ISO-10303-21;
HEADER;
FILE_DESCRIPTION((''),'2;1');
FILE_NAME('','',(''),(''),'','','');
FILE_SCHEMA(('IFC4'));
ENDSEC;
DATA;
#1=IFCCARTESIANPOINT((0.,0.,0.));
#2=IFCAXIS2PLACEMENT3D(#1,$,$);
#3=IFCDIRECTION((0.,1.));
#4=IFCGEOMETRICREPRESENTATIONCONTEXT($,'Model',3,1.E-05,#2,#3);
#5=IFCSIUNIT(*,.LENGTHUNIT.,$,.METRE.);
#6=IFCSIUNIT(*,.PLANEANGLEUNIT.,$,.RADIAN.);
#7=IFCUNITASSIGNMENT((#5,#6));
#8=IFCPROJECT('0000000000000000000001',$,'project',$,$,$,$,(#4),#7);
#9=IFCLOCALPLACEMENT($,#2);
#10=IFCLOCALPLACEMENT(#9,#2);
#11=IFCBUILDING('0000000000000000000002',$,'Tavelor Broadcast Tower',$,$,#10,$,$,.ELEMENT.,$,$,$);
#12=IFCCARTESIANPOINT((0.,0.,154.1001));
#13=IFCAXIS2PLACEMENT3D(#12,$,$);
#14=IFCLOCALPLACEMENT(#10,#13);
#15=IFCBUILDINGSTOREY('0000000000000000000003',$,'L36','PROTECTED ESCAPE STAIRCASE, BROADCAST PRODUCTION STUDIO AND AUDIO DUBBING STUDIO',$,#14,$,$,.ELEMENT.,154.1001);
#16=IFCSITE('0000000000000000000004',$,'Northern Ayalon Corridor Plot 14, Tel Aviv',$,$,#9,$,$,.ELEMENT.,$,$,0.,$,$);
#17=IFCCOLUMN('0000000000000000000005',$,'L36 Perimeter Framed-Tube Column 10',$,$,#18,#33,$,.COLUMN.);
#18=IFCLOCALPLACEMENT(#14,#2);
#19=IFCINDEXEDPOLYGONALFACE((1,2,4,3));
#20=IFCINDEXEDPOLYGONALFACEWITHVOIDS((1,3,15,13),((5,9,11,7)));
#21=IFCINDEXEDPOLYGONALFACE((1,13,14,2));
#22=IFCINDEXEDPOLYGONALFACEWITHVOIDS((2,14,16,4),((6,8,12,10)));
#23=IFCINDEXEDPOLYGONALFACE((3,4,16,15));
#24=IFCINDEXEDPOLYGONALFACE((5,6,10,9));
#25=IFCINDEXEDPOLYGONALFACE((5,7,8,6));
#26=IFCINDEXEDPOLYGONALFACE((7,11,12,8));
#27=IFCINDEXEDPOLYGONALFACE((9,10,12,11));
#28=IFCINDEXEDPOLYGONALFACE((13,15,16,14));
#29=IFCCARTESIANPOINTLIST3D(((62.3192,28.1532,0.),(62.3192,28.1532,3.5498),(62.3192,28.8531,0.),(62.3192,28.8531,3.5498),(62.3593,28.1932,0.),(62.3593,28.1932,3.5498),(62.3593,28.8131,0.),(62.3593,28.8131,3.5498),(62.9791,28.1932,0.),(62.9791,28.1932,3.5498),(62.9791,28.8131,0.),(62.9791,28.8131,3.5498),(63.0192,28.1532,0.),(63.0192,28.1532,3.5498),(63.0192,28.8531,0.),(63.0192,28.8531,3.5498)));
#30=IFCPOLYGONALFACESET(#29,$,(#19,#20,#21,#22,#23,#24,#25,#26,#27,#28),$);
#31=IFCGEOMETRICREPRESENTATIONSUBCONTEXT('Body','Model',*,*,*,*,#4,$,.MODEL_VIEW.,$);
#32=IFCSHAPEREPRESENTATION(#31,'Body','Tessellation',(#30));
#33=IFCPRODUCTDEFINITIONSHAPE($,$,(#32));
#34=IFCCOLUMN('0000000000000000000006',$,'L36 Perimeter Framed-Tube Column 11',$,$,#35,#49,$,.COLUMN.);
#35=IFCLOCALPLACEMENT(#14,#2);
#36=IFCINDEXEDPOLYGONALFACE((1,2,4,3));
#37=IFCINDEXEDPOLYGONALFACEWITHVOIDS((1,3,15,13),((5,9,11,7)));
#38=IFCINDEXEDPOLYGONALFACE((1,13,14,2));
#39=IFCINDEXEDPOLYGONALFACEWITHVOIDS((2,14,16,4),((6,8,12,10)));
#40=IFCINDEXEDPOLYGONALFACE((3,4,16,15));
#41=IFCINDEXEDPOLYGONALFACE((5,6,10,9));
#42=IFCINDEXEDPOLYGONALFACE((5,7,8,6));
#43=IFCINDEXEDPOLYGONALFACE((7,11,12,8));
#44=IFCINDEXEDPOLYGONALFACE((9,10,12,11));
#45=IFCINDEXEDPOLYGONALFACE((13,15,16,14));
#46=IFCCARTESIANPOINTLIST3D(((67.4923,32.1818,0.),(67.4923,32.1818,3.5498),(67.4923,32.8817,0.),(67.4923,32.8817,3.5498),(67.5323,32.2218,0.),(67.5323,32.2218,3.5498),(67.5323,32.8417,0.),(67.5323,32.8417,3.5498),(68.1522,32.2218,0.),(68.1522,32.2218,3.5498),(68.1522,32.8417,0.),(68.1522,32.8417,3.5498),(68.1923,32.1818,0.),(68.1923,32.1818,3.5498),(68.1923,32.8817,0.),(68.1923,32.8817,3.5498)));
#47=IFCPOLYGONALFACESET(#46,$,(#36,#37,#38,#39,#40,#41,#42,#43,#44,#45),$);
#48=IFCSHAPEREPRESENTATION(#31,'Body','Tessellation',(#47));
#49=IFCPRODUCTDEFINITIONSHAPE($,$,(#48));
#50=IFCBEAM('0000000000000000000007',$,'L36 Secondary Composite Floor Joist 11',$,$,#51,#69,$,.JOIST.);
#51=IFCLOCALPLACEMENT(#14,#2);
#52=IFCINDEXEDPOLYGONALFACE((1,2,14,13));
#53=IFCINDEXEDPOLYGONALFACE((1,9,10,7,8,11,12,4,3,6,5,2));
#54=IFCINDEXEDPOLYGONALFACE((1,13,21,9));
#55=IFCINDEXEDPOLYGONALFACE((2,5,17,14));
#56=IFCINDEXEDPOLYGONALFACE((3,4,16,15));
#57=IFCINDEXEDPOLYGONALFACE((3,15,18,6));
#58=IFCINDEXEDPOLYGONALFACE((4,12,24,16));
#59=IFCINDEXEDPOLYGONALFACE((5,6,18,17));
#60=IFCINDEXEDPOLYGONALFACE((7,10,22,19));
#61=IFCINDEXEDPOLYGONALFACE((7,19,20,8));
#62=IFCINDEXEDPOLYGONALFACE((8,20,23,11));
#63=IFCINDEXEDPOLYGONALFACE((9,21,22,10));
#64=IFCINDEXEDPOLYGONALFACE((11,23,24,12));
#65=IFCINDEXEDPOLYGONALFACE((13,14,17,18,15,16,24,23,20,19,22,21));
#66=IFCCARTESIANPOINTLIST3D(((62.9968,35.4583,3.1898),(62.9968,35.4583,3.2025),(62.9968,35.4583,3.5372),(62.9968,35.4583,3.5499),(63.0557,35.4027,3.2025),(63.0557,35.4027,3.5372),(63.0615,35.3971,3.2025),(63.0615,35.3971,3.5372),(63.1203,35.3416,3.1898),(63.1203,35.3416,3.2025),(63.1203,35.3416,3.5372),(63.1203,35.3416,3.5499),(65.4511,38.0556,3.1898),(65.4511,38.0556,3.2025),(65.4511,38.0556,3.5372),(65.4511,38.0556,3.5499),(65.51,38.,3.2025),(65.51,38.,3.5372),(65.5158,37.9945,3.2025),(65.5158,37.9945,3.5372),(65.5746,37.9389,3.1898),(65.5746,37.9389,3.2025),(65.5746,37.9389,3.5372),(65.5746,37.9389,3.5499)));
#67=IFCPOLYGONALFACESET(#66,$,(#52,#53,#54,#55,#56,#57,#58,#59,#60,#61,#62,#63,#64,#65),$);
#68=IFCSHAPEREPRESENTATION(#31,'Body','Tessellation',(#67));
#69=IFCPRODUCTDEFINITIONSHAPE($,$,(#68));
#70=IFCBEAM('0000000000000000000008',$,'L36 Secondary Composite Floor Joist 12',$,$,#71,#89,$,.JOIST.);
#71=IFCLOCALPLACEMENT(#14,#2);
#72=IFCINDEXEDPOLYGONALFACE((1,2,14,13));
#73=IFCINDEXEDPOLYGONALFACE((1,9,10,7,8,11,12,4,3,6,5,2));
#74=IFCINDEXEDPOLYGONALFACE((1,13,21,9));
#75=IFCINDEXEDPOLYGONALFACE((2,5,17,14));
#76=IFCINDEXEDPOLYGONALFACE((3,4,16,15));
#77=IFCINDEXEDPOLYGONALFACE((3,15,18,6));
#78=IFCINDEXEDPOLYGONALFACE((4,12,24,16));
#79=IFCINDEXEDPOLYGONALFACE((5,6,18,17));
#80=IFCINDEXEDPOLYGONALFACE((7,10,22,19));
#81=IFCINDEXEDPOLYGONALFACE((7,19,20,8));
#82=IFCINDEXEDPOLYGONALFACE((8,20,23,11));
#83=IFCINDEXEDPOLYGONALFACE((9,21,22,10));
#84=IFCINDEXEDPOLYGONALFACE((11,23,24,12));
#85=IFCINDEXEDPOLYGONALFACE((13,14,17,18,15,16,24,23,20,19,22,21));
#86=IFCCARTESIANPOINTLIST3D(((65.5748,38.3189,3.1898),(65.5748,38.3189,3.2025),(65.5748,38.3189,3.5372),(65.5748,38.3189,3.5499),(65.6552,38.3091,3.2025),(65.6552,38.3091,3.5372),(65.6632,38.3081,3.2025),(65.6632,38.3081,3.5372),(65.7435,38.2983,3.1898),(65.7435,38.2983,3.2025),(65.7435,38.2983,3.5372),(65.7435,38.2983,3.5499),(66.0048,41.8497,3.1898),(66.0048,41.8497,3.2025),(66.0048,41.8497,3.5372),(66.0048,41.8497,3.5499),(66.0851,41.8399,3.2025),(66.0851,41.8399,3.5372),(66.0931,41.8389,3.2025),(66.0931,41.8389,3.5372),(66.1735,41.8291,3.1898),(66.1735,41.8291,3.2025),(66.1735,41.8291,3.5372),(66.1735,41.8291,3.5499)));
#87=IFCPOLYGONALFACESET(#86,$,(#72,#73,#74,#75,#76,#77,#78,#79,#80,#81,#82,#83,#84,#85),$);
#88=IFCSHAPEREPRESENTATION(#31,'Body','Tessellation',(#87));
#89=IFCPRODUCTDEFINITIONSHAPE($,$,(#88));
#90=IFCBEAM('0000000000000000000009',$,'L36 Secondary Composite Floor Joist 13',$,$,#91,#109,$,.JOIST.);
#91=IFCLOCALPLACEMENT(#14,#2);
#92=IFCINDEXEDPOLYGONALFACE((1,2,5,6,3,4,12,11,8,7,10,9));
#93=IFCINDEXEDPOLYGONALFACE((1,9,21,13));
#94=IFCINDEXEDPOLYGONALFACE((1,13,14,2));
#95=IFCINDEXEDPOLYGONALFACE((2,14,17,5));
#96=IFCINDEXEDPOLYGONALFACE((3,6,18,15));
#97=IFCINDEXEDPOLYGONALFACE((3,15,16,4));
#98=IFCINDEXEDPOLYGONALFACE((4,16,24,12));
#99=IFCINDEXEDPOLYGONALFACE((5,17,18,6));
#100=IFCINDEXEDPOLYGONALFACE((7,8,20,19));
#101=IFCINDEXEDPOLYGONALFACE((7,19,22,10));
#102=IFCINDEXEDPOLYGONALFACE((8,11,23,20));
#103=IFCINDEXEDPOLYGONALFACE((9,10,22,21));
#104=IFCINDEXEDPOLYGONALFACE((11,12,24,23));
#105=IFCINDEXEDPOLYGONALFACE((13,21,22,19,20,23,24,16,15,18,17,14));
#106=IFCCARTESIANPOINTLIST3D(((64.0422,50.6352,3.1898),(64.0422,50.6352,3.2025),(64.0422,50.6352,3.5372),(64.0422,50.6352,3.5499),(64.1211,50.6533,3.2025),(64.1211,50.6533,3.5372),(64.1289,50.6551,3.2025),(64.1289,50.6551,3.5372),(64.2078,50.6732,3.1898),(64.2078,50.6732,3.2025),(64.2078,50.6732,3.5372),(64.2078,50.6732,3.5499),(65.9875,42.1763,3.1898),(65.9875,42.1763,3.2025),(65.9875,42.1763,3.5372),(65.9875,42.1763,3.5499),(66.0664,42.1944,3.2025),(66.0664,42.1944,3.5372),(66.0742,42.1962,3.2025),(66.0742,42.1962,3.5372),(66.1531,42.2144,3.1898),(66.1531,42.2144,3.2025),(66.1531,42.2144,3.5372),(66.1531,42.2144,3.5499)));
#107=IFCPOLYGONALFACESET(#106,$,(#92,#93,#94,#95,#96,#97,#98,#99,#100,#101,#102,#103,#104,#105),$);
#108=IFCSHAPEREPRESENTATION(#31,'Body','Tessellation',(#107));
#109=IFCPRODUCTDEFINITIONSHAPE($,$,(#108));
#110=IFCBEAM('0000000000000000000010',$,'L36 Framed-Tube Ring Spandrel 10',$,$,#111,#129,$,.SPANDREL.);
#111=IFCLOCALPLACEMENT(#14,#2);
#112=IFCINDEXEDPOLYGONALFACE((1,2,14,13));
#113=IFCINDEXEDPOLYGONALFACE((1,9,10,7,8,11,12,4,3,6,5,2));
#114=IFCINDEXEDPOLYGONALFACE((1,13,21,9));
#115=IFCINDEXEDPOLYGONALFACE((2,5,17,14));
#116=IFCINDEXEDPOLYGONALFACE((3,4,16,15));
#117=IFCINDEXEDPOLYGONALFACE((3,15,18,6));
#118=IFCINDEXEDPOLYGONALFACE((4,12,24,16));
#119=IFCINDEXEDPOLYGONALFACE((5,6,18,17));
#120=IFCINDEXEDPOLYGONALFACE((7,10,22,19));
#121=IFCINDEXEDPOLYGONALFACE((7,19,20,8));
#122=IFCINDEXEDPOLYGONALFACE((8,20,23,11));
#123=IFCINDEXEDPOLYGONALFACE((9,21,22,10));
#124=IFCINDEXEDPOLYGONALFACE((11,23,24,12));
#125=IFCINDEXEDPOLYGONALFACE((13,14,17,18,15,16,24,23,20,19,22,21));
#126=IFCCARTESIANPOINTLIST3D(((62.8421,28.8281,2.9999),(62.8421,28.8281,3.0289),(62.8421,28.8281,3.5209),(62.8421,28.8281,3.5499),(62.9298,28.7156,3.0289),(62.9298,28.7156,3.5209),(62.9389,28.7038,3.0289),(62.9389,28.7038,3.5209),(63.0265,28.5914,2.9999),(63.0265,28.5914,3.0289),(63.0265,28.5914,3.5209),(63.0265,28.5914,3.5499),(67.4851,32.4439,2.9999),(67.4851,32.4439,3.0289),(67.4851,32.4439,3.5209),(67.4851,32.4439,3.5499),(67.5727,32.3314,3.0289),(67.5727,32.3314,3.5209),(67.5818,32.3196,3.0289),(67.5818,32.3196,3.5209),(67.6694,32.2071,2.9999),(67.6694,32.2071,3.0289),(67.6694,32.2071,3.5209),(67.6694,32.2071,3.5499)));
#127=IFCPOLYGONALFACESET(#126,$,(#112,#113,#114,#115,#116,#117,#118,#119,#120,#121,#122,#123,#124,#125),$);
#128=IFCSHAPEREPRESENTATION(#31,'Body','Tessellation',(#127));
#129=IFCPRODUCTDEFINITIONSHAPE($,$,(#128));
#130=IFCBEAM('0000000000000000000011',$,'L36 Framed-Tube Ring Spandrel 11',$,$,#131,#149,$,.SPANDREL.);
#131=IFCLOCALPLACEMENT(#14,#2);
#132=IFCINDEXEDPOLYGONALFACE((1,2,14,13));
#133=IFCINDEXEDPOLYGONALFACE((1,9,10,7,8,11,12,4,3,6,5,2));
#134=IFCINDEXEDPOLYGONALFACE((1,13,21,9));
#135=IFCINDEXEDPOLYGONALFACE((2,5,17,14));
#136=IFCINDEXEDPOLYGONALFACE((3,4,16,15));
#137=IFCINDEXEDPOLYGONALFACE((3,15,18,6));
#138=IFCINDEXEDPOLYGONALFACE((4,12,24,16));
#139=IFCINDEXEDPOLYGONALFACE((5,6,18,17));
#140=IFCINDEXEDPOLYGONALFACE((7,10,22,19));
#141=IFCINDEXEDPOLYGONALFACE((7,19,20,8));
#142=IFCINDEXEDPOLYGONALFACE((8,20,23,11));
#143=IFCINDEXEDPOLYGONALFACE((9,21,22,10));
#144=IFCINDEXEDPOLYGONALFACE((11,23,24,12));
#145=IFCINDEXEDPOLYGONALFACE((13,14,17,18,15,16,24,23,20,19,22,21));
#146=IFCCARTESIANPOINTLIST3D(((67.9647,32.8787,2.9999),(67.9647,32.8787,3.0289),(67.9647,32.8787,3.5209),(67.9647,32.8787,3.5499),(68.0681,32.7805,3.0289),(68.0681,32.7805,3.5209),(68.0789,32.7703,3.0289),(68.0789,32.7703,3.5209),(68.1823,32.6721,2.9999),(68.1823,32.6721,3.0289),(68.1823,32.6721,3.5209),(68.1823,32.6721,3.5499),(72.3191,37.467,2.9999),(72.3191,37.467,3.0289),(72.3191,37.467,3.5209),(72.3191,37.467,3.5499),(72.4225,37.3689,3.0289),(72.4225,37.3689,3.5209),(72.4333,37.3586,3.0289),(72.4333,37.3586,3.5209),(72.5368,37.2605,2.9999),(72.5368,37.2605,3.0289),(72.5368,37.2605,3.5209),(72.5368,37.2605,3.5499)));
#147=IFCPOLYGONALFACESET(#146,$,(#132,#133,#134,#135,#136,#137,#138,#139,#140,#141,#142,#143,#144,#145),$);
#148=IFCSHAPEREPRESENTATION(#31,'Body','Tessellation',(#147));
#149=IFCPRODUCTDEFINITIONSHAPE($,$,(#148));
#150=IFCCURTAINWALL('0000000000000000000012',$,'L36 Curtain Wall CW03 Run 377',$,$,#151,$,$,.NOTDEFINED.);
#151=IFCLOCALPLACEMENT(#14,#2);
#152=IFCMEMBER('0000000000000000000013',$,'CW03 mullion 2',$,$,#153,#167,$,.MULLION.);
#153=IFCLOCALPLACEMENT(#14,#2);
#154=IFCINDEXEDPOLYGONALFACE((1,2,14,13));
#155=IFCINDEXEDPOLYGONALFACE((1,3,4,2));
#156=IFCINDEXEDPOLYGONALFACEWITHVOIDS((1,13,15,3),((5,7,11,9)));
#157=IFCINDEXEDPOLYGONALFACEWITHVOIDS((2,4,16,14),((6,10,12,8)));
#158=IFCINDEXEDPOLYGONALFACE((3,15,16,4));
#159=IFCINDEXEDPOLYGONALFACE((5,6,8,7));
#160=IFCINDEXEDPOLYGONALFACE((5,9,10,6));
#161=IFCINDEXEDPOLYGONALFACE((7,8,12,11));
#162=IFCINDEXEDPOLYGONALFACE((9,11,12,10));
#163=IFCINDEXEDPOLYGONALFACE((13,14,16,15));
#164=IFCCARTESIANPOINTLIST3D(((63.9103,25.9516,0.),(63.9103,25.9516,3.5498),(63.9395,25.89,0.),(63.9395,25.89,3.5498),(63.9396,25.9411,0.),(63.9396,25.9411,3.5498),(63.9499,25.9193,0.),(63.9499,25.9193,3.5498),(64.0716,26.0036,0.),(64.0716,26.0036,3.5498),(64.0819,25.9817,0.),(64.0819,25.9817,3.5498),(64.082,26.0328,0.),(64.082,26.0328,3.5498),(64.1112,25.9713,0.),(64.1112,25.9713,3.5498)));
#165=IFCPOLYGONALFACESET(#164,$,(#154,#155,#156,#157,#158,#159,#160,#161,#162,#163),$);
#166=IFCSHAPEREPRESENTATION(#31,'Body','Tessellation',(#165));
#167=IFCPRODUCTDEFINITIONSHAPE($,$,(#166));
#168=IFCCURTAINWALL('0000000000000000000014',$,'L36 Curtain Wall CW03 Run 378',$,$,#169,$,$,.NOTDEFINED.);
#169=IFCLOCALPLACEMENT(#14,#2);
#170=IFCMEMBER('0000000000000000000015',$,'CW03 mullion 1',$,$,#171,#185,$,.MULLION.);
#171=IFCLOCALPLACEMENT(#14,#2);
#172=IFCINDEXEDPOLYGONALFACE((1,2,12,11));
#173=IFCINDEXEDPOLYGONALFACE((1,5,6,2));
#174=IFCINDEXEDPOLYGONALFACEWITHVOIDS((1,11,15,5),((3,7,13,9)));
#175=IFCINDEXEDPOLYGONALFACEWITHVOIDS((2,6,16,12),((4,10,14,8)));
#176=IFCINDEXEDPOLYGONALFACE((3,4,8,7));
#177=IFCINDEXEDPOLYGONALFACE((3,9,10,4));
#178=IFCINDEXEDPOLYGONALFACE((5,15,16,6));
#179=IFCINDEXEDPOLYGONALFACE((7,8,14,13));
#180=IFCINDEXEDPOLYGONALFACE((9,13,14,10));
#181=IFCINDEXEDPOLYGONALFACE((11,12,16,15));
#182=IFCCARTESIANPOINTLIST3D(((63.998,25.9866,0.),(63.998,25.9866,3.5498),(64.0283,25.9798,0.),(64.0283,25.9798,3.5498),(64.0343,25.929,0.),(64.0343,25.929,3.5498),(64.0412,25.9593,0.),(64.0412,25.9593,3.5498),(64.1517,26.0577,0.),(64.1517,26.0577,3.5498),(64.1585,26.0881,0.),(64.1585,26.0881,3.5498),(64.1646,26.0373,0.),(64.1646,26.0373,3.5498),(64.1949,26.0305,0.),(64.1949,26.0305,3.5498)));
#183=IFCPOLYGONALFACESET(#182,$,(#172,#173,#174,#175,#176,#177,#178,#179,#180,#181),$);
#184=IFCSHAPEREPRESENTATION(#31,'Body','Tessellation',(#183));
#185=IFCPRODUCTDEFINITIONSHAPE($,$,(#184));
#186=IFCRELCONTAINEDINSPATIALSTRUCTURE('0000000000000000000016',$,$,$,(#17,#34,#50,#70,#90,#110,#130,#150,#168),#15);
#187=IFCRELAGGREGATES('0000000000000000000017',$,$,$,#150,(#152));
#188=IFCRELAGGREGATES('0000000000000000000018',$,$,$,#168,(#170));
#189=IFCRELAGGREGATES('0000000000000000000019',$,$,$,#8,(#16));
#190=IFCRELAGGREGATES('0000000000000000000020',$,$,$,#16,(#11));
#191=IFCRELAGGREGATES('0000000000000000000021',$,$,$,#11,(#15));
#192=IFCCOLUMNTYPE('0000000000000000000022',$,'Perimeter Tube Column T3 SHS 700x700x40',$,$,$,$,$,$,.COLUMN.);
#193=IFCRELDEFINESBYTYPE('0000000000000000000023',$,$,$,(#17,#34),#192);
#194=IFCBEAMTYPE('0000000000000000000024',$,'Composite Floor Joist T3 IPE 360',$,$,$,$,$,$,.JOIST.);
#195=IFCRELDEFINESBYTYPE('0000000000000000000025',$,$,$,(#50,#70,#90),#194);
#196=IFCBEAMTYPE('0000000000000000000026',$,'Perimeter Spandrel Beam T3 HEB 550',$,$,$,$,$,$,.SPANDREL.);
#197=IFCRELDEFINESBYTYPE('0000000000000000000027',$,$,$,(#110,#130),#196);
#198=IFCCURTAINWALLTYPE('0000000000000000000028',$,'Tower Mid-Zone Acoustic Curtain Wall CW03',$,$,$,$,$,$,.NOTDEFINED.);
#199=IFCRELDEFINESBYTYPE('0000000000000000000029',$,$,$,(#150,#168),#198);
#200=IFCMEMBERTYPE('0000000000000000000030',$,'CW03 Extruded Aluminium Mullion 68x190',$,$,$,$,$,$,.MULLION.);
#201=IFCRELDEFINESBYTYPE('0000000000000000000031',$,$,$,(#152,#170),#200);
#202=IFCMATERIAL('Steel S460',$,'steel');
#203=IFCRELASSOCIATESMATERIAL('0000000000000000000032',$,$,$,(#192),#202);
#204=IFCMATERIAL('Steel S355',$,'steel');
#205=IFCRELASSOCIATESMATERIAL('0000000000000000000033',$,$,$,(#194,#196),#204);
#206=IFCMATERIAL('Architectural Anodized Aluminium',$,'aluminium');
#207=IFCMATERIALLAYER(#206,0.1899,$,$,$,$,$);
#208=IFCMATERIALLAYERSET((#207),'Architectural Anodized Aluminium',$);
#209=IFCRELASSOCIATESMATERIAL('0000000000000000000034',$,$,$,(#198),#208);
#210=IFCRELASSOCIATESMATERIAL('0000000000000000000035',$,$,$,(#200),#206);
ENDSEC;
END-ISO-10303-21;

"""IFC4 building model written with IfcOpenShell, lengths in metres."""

from ifc_helpers import new_model, si_unit, direction, frame, origin, origin_2d, place, context, subcontext, project, spatial, hollow_rectangle, i_section, extrude, source, transform, mapped, material, layer, layer_set, material_profile, profile_set, type_object, type_shapes, element, aggregate, save


model = new_model("IFC4")

# Units and contexts
model_context = context("Model", 3, precision=1e-05, world=origin(), true_north=direction((0.0, 1.0)))
body_context = subcontext(model_context, "Body", "Model", "MODEL_VIEW")
ifc_project = project(units=[si_unit("LENGTHUNIT", "METRE"), si_unit("PLANEANGLEUNIT", "RADIAN")], contexts=[model_context])

# Site, building, storey
site_placement = place(None, origin())
site = spatial("IfcSite", under=ifc_project, at=site_placement, Name="Northern Ayalon Corridor Plot 14, Tel Aviv", CompositionType="ELEMENT", RefElevation=0.0)
building_placement = place(site_placement, origin())
building = spatial("IfcBuilding", under=site, at=building_placement, Name="Tavelor Broadcast Tower", CompositionType="ELEMENT")
storey_placement = place(building_placement, frame((0.0, 0.0, 154.1001)))
storey = spatial("IfcBuildingStorey", under=building, at=storey_placement, Name="L36", Description="PROTECTED ESCAPE STAIRCASE, BROADCAST PRODUCTION STUDIO AND AUDIO DUBBING STUDIO", CompositionType="ELEMENT", Elevation=154.1001)

# Columns
ifc_material_1 = material(Name="Steel S460", Category="steel")
ifc_material_profile_1 = material_profile(ifc_material_1, hollow_rectangle(XDim=0.7, YDim=0.7, WallThickness=0.04, at=origin_2d()), Name="SHS 700x700x40")
ifc_profile_set_1 = profile_set([ifc_material_profile_1], Name="Steel S460")
column_type = type_object("IfcColumnType", Name="Perimeter Tube Column T3 SHS 700x700x40", PredefinedType="COLUMN", material=ifc_profile_set_1)
for number, where, z_axis, x_axis, name in (
    (1, (62.6692, 28.5032, 0.0), (0.0, 0.0, 1.0), (1.0, 0.0, 0.0), "L36 Perimeter Framed-Tube Column 10"),
    (2, (67.8423, 32.5317, 0.0), (0.0, 0.0, 1.0), (1.0, 0.0, 0.0), "L36 Perimeter Framed-Tube Column 11"),
):
    element("IfcColumn", number, at=place(storey_placement, frame(where, z_axis=z_axis, x_axis=x_axis)), inside=storey, type_object=column_type, Name=name, PredefinedType="COLUMN", context=body_context, shape_type="SweptSolid", body=[
        extrude(hollow_rectangle(XDim=0.7, YDim=0.7, WallThickness=0.04, at=origin_2d()), origin(), (0.0, 0.0, 1.0), 3.5498),
    ])

# Beams
ifc_material_2 = material(Name="Steel S355", Category="steel")
ifc_material_profile_2 = material_profile(ifc_material_2, i_section(OverallWidth=0.1699, OverallDepth=0.3601, WebThickness=0.0081, FlangeThickness=0.0127, at=origin_2d()), Name="IPE 360")
ifc_profile_set_2 = profile_set([ifc_material_profile_2], Name="Steel S355")
beam_type_1 = type_object("IfcBeamType", Name="Composite Floor Joist T3 IPE 360", PredefinedType="JOIST", material=ifc_profile_set_2)
beam_1_placement = place(storey_placement, frame((63.0586, 35.3999, 3.3699), z_axis=(0.686806, 0.726841, 0.0), x_axis=(-0.726841, 0.686806, 0.0)))
element("IfcBeam", 3, at=beam_1_placement, inside=storey, type_object=beam_type_1, Name="L36 Secondary Composite Floor Joist 11", PredefinedType="JOIST", context=body_context, shape_type="SweptSolid", body=[
    extrude(i_section(OverallWidth=0.1699, OverallDepth=0.3601, WebThickness=0.0081, FlangeThickness=0.0127, at=origin_2d()), origin(), (0.0, 0.0, 1.0), 3.5735),
])
beam_2_placement = place(storey_placement, frame((65.6592, 38.3086, 3.3699), z_axis=(0.120875, 0.992668, 0.0), x_axis=(-0.992668, 0.120875, 0.0)))
element("IfcBeam", 4, at=beam_2_placement, inside=storey, type_object=beam_type_1, Name="L36 Secondary Composite Floor Joist 12", PredefinedType="JOIST", context=body_context, shape_type="SweptSolid", body=[
    extrude(i_section(OverallWidth=0.1699, OverallDepth=0.3601, WebThickness=0.0081, FlangeThickness=0.0127, at=origin_2d()), origin(), (0.0, 0.0, 1.0), 3.5569),
])
beam_3_placement = place(storey_placement, frame((66.0703, 42.1953, 3.3699), z_axis=(-0.22412, 0.974562, 0.0), x_axis=(-0.974562, -0.22412, 0.0)))
element("IfcBeam", 5, at=beam_3_placement, inside=storey, type_object=beam_type_1, Name="L36 Secondary Composite Floor Joist 13", PredefinedType="JOIST", context=body_context, shape_type="SweptSolid", body=[
    extrude(i_section(OverallWidth=0.1699, OverallDepth=0.3601, WebThickness=0.0081, FlangeThickness=0.0127, at=origin_2d()), origin(), (0.0, 0.0, 1.0), 8.6797),
])
ifc_material_profile_3 = material_profile(ifc_material_2, i_section(OverallWidth=0.3, OverallDepth=0.55, WebThickness=0.0149, FlangeThickness=0.0291, at=origin_2d()), Name="HEB 550")
ifc_profile_set_3 = profile_set([ifc_material_profile_3], Name="Steel S355")
beam_type_2 = type_object("IfcBeamType", Name="Perimeter Spandrel Beam T3 HEB 550", PredefinedType="SPANDREL", material=ifc_profile_set_3)
beam_4_placement = place(storey_placement, frame((62.9343, 28.7097, 3.2749), z_axis=(0.78897, 0.614432, 0.0), x_axis=(-0.614432, 0.78897, 0.0)))
element("IfcBeam", 6, at=beam_4_placement, inside=storey, type_object=beam_type_2, Name="L36 Framed-Tube Ring Spandrel 10", PredefinedType="SPANDREL", context=body_context, shape_type="SweptSolid", body=[
    extrude(i_section(OverallWidth=0.3, OverallDepth=0.55, WebThickness=0.0149, FlangeThickness=0.0291, at=origin_2d()), origin(), (0.0, 0.0, 1.0), 5.8848),
])
beam_5_placement = place(storey_placement, frame((68.0735, 32.7754, 3.2749), z_axis=(0.688378, 0.725352, 0.0), x_axis=(-0.725352, 0.688378, 0.0)))
element("IfcBeam", 7, at=beam_5_placement, inside=storey, type_object=beam_type_2, Name="L36 Framed-Tube Ring Spandrel 11", PredefinedType="SPANDREL", context=body_context, shape_type="SweptSolid", body=[
    extrude(i_section(OverallWidth=0.3, OverallDepth=0.55, WebThickness=0.0149, FlangeThickness=0.0291, at=origin_2d()), origin(), (0.0, 0.0, 1.0), 6.3257),
])

# Curtain wall, member
ifc_material_3 = material(Name="Architectural Anodized Aluminium", Category="aluminium")
ifc_layer_1 = layer(ifc_material_3, 0.1899)
ifc_layer_set_1 = layer_set([ifc_layer_1], Name="Architectural Anodized Aluminium")
curtain_wall_type = type_object("IfcCurtainWallType", Name="Tower Mid-Zone Acoustic Curtain Wall CW03", PredefinedType="NOTDEFINED", material=ifc_layer_set_1)
curtain_wall_1_placement = place(storey_placement, origin())
curtain_wall_1 = element("IfcCurtainWall", 8, at=curtain_wall_1_placement, inside=storey, type_object=curtain_wall_type, Name="L36 Curtain Wall CW03 Run 377", PredefinedType="NOTDEFINED")
ifc_material_profile_4 = material_profile(ifc_material_3, hollow_rectangle(XDim=0.0681, YDim=0.1899, WallThickness=0.022, at=origin_2d()), Name="RHS 68x190x22")
ifc_profile_set_4 = profile_set([ifc_material_profile_4], Name="Architectural Anodized Aluminium")
member_type_1 = type_object("IfcMemberType", Name="CW03 Extruded Aluminium Mullion 68x190", PredefinedType="MULLION", material=ifc_profile_set_4)
shared_shape_1 = source(origin(), body_context, "Body", "SweptSolid", [
    extrude(hollow_rectangle(XDim=0.0681, YDim=0.1899, WallThickness=0.022, at=origin_2d()), origin(), (0.0, 0.0, 1.0), 3.5498),
])
type_shapes(member_type_1, [shared_shape_1])
member_1_placement = place(storey_placement, frame((64.0107, 25.9614, 0.0), z_axis=(0.0, 0.0, 1.0), x_axis=(-0.427743, 0.9039, 0.0)))
member_1 = element("IfcMember", 9, at=member_1_placement, type_object=member_type_1, Name="CW03 mullion 2", PredefinedType="MULLION", context=body_context, shape_type="MappedRepresentation", body=[
    mapped(shared_shape_1, transform((0.0, 0.0, 0.0), scale=1.0)),
])
aggregate(curtain_wall_1, [member_1])

# Curtain wall, member
curtain_wall_2_placement = place(storey_placement, origin())
curtain_wall_2 = element("IfcCurtainWall", 10, at=curtain_wall_2_placement, inside=storey, type_object=curtain_wall_type, Name="L36 Curtain Wall CW03 Run 378", PredefinedType="NOTDEFINED")
member_2_placement = place(storey_placement, frame((64.0964, 26.0085, 0.0), z_axis=(0.0, 0.0, 1.0), x_axis=(-0.53399, 0.845491, 0.0)))
member_2 = element("IfcMember", 11, at=member_2_placement, type_object=member_type_1, Name="CW03 mullion 1", PredefinedType="MULLION", context=body_context, shape_type="MappedRepresentation", body=[
    mapped(shared_shape_1, transform((0.0, 0.0, 0.0), scale=1.0)),
])

aggregate(curtain_wall_2, [member_2])

save(model, "model.ifc")
